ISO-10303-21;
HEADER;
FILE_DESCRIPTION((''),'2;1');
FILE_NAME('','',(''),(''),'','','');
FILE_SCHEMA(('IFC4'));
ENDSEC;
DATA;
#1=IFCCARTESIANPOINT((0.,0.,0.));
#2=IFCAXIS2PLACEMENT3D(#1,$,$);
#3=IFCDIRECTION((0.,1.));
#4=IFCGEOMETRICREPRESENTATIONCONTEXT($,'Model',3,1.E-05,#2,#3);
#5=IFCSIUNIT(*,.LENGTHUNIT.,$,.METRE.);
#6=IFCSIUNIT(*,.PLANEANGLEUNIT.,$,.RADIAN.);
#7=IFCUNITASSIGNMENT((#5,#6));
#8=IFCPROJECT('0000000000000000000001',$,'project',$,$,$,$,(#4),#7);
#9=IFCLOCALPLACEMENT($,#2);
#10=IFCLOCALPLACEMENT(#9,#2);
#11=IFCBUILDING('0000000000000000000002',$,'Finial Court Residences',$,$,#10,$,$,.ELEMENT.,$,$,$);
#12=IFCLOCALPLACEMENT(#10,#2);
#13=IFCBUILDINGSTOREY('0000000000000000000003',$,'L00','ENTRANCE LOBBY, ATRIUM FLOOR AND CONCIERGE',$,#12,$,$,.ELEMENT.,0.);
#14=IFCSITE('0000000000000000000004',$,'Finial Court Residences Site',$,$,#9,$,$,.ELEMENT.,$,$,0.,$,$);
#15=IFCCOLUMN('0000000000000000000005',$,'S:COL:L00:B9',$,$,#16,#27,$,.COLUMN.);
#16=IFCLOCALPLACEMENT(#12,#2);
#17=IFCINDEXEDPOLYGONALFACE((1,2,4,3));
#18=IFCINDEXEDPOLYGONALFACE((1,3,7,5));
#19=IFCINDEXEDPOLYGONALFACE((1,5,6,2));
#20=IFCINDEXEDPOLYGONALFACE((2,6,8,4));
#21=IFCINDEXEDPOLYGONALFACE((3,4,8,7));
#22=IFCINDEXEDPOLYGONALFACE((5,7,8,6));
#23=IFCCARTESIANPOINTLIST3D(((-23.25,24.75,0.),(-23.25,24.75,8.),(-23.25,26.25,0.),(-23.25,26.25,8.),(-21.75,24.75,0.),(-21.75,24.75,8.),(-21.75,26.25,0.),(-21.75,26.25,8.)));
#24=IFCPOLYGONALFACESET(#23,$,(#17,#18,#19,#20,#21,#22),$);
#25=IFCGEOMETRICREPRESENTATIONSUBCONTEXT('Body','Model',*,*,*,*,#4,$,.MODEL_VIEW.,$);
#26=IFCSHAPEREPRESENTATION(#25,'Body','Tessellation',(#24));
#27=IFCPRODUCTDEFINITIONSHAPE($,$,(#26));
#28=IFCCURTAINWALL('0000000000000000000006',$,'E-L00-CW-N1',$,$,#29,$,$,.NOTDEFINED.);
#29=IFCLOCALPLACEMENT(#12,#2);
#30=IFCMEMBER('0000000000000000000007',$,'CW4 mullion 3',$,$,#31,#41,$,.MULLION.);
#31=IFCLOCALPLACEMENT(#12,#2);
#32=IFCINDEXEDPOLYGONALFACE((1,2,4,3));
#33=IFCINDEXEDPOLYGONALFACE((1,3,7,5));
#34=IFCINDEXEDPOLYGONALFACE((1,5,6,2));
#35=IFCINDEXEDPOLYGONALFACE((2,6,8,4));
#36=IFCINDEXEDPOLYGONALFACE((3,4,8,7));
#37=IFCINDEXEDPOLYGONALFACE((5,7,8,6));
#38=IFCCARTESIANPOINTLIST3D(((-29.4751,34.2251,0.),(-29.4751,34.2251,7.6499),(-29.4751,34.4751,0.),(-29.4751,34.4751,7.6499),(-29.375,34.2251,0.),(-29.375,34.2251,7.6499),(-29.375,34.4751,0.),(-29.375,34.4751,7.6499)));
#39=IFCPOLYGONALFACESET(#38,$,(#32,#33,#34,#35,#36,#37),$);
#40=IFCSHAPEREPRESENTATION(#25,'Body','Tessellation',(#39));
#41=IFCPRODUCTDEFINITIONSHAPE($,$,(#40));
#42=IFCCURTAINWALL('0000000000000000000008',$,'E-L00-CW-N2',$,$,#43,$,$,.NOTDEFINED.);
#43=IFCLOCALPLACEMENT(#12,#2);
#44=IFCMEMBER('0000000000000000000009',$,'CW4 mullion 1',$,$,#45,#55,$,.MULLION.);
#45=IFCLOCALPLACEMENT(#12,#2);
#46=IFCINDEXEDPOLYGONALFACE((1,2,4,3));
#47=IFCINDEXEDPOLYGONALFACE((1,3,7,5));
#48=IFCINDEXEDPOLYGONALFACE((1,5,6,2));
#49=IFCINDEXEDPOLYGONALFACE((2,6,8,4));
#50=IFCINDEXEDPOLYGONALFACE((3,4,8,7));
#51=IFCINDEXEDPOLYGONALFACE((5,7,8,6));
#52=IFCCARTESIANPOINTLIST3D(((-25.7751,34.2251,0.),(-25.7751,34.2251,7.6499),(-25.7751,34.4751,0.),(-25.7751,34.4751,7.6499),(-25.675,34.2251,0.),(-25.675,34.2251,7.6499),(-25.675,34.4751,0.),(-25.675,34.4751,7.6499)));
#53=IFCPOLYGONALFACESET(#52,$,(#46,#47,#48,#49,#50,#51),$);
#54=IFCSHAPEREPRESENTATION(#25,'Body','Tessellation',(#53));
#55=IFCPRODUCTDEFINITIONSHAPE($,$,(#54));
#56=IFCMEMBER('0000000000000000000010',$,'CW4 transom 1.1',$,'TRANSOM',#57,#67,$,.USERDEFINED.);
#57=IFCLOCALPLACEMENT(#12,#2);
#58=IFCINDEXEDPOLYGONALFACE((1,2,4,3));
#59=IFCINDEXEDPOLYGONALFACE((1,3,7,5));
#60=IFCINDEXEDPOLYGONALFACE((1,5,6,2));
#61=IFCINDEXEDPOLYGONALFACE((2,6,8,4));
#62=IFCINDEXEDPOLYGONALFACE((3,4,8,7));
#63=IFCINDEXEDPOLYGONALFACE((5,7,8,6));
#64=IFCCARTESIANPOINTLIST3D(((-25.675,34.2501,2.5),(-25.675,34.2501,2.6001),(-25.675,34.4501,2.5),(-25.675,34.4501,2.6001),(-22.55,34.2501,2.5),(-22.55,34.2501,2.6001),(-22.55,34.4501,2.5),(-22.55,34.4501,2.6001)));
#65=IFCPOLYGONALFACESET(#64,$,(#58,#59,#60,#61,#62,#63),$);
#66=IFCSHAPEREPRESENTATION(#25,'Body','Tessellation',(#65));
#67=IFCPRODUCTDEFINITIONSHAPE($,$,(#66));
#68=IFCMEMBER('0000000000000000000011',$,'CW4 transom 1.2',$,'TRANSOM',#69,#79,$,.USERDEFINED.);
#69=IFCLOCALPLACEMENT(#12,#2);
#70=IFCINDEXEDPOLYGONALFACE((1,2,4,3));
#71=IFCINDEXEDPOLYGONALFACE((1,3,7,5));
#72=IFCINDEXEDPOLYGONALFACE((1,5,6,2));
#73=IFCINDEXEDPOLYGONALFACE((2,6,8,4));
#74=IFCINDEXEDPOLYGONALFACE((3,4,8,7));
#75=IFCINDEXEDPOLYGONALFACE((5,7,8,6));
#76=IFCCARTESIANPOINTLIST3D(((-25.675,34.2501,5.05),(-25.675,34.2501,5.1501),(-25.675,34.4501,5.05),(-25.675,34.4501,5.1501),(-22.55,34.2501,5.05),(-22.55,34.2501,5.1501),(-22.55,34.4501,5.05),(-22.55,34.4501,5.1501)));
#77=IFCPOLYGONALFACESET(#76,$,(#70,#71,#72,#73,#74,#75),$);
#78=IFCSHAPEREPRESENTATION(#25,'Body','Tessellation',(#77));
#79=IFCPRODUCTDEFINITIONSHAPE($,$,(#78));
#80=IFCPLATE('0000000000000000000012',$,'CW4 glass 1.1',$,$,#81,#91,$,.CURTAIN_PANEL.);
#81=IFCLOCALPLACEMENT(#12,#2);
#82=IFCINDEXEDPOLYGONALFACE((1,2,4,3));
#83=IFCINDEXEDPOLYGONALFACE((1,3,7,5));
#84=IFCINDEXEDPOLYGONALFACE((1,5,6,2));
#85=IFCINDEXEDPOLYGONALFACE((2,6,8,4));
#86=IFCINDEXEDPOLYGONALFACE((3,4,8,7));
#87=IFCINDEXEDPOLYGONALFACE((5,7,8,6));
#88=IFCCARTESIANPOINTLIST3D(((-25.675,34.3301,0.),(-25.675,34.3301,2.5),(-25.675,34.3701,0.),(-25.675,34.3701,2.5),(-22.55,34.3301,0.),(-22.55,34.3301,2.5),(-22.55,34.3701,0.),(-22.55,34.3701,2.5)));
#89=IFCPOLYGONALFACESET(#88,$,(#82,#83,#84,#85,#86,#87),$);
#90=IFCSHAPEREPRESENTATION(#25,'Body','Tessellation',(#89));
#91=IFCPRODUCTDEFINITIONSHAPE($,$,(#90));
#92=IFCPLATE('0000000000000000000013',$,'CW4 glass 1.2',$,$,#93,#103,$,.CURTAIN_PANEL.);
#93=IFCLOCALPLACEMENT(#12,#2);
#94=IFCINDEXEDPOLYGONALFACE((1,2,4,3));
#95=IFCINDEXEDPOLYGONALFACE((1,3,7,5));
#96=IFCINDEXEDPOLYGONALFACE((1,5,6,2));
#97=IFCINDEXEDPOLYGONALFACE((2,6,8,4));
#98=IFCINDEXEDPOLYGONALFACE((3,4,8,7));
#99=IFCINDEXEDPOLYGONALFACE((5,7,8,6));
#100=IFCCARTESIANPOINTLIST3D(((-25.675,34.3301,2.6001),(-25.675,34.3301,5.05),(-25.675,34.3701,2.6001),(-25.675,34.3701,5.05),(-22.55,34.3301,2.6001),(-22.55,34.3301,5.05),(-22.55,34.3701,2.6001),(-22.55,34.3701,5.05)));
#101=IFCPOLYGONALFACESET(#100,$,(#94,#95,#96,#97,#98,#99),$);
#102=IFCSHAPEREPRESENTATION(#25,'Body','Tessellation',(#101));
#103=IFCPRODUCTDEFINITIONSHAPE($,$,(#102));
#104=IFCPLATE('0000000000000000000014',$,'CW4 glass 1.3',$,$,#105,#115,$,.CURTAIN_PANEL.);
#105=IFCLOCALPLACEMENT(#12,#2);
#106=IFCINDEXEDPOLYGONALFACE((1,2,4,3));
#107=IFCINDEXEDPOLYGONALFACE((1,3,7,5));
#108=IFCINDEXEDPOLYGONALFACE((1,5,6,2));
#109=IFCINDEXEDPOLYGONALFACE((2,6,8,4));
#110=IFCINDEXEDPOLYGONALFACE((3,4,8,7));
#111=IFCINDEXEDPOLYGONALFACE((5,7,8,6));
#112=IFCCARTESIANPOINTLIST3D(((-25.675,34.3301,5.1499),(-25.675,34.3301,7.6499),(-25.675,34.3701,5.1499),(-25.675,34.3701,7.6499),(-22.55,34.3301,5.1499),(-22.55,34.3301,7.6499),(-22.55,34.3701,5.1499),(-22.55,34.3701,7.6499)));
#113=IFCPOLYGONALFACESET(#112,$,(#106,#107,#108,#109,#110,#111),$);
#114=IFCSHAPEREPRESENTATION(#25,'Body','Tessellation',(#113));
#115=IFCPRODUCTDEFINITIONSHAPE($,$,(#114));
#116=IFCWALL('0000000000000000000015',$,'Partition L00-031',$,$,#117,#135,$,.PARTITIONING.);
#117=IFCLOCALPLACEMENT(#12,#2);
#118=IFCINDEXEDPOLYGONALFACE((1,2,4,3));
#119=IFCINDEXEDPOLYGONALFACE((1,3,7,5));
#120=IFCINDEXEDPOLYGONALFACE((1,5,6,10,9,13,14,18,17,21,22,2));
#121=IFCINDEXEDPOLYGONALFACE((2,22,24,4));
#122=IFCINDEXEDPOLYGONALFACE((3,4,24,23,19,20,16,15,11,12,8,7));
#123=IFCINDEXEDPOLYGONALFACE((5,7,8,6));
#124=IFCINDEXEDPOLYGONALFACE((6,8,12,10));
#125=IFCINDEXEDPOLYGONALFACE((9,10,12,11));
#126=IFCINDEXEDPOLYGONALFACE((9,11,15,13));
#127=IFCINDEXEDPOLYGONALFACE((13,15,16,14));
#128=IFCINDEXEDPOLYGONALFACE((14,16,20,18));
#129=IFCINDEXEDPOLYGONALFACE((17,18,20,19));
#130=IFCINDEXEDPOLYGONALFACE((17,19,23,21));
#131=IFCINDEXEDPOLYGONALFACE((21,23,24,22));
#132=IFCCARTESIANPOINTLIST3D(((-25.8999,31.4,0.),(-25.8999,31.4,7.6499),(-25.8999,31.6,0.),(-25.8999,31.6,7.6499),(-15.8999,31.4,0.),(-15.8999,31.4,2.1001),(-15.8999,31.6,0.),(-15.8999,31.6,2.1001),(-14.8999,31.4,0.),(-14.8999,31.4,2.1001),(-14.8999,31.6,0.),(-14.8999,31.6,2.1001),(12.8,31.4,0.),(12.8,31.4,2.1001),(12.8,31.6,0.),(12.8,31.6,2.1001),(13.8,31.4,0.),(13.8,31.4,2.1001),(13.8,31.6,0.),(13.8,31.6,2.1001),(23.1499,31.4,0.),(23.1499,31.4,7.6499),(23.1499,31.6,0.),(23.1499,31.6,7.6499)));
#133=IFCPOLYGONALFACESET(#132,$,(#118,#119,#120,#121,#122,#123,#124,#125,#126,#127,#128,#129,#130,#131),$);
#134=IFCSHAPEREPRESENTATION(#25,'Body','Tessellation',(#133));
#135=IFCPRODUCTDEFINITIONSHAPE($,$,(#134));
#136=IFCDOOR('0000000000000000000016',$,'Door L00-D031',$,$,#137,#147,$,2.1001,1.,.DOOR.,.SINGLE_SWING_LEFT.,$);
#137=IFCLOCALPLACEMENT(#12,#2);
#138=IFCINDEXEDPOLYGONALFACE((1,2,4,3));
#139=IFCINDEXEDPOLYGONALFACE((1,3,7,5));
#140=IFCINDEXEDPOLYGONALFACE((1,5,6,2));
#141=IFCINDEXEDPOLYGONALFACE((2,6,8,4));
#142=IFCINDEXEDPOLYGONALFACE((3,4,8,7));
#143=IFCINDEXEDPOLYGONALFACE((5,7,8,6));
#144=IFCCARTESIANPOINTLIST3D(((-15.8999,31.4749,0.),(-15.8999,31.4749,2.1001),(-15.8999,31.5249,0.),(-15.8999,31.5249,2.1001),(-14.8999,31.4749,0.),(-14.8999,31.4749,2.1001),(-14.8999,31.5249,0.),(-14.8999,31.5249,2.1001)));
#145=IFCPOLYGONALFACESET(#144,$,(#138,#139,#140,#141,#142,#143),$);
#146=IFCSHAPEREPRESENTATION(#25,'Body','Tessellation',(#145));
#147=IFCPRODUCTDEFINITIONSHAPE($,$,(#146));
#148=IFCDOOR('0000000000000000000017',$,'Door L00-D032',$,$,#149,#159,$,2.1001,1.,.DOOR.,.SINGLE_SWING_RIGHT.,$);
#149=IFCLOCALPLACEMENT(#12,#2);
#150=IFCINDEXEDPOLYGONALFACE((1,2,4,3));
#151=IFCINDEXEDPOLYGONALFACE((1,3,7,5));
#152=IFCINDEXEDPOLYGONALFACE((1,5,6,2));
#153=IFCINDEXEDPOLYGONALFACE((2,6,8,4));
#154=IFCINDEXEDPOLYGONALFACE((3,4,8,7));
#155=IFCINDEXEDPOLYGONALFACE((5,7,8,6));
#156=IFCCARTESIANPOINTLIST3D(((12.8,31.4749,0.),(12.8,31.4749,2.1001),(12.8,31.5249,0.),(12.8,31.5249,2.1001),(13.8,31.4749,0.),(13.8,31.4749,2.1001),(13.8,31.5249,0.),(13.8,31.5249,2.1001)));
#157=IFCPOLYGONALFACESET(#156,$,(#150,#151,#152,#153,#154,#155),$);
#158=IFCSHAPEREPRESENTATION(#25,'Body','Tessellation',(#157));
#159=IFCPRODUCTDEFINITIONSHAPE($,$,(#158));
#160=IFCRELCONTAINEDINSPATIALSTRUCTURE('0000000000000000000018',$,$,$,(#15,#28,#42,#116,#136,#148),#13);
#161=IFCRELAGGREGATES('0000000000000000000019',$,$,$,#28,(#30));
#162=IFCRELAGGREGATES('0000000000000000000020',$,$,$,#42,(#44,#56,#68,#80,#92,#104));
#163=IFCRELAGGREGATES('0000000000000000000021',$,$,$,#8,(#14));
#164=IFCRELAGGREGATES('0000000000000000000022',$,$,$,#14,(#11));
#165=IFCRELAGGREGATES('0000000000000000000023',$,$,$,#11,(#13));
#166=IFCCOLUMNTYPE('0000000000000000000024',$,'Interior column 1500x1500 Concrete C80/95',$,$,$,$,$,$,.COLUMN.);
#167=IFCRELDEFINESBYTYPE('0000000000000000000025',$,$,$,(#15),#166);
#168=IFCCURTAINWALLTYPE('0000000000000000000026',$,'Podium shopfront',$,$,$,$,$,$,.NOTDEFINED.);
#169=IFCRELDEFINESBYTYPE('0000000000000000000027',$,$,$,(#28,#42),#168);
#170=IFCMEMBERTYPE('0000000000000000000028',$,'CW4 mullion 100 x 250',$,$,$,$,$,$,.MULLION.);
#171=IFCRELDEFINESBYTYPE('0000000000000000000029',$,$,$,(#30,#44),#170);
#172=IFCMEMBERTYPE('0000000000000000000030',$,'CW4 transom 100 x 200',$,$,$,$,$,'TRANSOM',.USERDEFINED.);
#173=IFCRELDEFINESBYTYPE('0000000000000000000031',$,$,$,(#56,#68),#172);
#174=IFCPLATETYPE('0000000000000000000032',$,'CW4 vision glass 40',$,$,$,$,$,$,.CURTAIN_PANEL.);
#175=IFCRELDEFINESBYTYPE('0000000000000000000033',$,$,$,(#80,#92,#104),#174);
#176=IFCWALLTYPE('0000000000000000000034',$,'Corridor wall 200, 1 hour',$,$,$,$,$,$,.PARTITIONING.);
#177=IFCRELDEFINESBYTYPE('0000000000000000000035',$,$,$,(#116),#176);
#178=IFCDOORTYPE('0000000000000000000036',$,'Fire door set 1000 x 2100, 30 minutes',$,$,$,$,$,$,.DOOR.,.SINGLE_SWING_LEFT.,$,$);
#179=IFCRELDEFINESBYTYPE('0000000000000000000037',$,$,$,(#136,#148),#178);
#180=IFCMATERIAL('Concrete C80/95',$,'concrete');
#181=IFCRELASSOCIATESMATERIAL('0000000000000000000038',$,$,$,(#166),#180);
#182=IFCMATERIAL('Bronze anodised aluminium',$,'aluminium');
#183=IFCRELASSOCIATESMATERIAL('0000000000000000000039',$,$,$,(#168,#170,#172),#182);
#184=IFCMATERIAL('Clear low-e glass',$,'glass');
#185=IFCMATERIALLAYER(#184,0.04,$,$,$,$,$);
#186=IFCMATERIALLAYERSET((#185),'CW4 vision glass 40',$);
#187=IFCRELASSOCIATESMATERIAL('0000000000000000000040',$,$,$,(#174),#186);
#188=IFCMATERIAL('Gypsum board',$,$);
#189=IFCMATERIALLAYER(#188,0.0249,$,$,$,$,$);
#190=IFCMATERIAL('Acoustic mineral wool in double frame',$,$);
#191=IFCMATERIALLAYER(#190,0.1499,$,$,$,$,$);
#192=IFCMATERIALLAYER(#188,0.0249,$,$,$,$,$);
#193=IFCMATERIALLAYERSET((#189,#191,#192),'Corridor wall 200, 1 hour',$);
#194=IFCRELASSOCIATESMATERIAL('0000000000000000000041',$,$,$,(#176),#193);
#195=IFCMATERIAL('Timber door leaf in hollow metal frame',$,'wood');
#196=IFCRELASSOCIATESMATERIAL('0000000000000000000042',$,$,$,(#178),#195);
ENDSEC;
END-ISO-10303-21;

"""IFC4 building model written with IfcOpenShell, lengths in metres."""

from ifc_helpers import new_model, si_unit, direction, frame, frame_2d, origin, origin_2d, place, context, subcontext, project, spatial, rectangle, extrude, material, layer, layer_set, material_profile, profile_set, type_object, element, fill, aggregate, save


model = new_model("IFC4")

# Units and contexts
model_context = context("Model", 3, precision=1e-05, world=origin(), true_north=direction((0.0, 1.0)))
body_context = subcontext(model_context, "Body", "Model", "MODEL_VIEW")
ifc_project = project(units=[si_unit("LENGTHUNIT", "METRE"), si_unit("PLANEANGLEUNIT", "RADIAN")], contexts=[model_context])

# Site, building, storey
site_placement = place(None, origin())
site = spatial("IfcSite", under=ifc_project, at=site_placement, Name="Finial Court Residences Site", CompositionType="ELEMENT", RefElevation=0.0)
building_placement = place(site_placement, origin())
building = spatial("IfcBuilding", under=site, at=building_placement, Name="Finial Court Residences", CompositionType="ELEMENT")
storey_placement = place(building_placement, origin())
storey = spatial("IfcBuildingStorey", under=building, at=storey_placement, Name="L00", Description="ENTRANCE LOBBY, ATRIUM FLOOR AND CONCIERGE", CompositionType="ELEMENT", Elevation=0.0)

# Column
ifc_material_1 = material(Name="Concrete C80/95", Category="concrete")
ifc_material_profile_1 = material_profile(ifc_material_1, rectangle(XDim=1.5, YDim=1.5, at=origin_2d()), Name="1500x1500")
ifc_profile_set_1 = profile_set([ifc_material_profile_1], Name="Concrete C80/95")
column_type = type_object("IfcColumnType", Name="Interior column 1500x1500 Concrete C80/95", PredefinedType="COLUMN", material=ifc_profile_set_1)
column_placement = place(storey_placement, frame((-22.5, 25.5, 0.0), z_axis=(0.0, 0.0, 1.0), x_axis=(1.0, 0.0, 0.0)))
element("IfcColumn", 1, at=column_placement, inside=storey, type_object=column_type, Name="S:COL:L00:B9", PredefinedType="COLUMN", context=body_context, shape_type="SweptSolid", body=[
    extrude(rectangle(XDim=1.5, YDim=1.5, at=origin_2d()), origin(), (0.0, 0.0, 1.0), 8.0),
])

# Curtain wall, member
ifc_material_2 = material(Name="Bronze anodised aluminium", Category="aluminium")
curtain_wall_type = type_object("IfcCurtainWallType", Name="Podium shopfront", PredefinedType="NOTDEFINED", material=ifc_material_2)
curtain_wall_1_placement = place(storey_placement, origin())
curtain_wall_1 = element("IfcCurtainWall", 2, at=curtain_wall_1_placement, inside=storey, type_object=curtain_wall_type, Name="E-L00-CW-N1", PredefinedType="NOTDEFINED")
ifc_material_profile_2 = material_profile(ifc_material_2, rectangle(XDim=0.25, YDim=0.1001, at=origin_2d()), Name="CW4 mullion 100 x 250")
ifc_profile_set_2 = profile_set([ifc_material_profile_2], Name="Bronze anodised aluminium")
member_type_1 = type_object("IfcMemberType", Name="CW4 mullion 100 x 250", PredefinedType="MULLION", material=ifc_profile_set_2)
member_1_placement = place(storey_placement, frame((-29.425, 34.3501, 0.0), z_axis=(0.0, 0.0, 1.0), x_axis=(0.0, 1.0, 0.0)))
member_1 = element("IfcMember", 3, at=member_1_placement, type_object=member_type_1, Name="CW4 mullion 3", PredefinedType="MULLION", context=body_context, shape_type="SweptSolid", body=[
    extrude(rectangle(XDim=0.25, YDim=0.1001, at=origin_2d()), origin(), (0.0, 0.0, 1.0), 7.6499),
])
aggregate(curtain_wall_1, [member_1])

# Curtain wall, members, plates
curtain_wall_2_placement = place(storey_placement, origin())
curtain_wall_2 = element("IfcCurtainWall", 4, at=curtain_wall_2_placement, inside=storey, type_object=curtain_wall_type, Name="E-L00-CW-N2", PredefinedType="NOTDEFINED")
member_2_placement = place(storey_placement, frame((-25.7251, 34.3501, 0.0), z_axis=(0.0, 0.0, 1.0), x_axis=(0.0, 1.0, 0.0)))
member_2 = element("IfcMember", 5, at=member_2_placement, type_object=member_type_1, Name="CW4 mullion 1", PredefinedType="MULLION", context=body_context, shape_type="SweptSolid", body=[
    extrude(rectangle(XDim=0.25, YDim=0.1001, at=origin_2d()), origin(), (0.0, 0.0, 1.0), 7.6499),
])
ifc_material_profile_3 = material_profile(ifc_material_2, rectangle(XDim=0.2, YDim=0.1001, at=origin_2d()), Name="CW4 transom 100 x 200")
ifc_profile_set_3 = profile_set([ifc_material_profile_3], Name="Bronze anodised aluminium")
member_type_2 = type_object("IfcMemberType", Name="CW4 transom 100 x 200", ElementType="TRANSOM", PredefinedType="USERDEFINED", material=ifc_profile_set_3)
member_3_placement = place(storey_placement, frame((-25.675, 34.3501, 2.55), z_axis=(1.0, 0.0, 0.0), x_axis=(0.0, 1.0, 0.0)))
member_3 = element("IfcMember", 6, at=member_3_placement, type_object=member_type_2, Name="CW4 transom 1.1", ObjectType="TRANSOM", PredefinedType="USERDEFINED", context=body_context, shape_type="SweptSolid", body=[
    extrude(rectangle(XDim=0.2, YDim=0.1001, at=origin_2d()), origin(), (0.0, 0.0, 1.0), 3.125),
])
member_4_placement = place(storey_placement, frame((-25.675, 34.3501, 5.1001), z_axis=(1.0, 0.0, 0.0), x_axis=(0.0, 1.0, 0.0)))
member_4 = element("IfcMember", 7, at=member_4_placement, type_object=member_type_2, Name="CW4 transom 1.2", ObjectType="TRANSOM", PredefinedType="USERDEFINED", context=body_context, shape_type="SweptSolid", body=[
    extrude(rectangle(XDim=0.2, YDim=0.1001, at=origin_2d()), origin(), (0.0, 0.0, 1.0), 3.125),
])
ifc_material_3 = material(Name="Clear low-e glass", Category="glass")
ifc_layer_1 = layer(ifc_material_3, 0.04)
ifc_layer_set_1 = layer_set([ifc_layer_1], Name="CW4 vision glass 40")
plate_type = type_object("IfcPlateType", Name="CW4 vision glass 40", PredefinedType="CURTAIN_PANEL", material=ifc_layer_set_1)
plate_1_placement = place(storey_placement, frame((-24.1125, 34.3501, 0.0), z_axis=(0.0, 0.0, 1.0), x_axis=(1.0, 0.0, 0.0)))
plate_1 = element("IfcPlate", 8, at=plate_1_placement, type_object=plate_type, Name="CW4 glass 1.1", PredefinedType="CURTAIN_PANEL", context=body_context, shape_type="SweptSolid", body=[
    extrude(rectangle(XDim=3.125, YDim=0.04, at=origin_2d()), origin(), (0.0, 0.0, 1.0), 2.5),
])
plate_2_placement = place(storey_placement, frame((-24.1125, 34.3501, 2.6001), z_axis=(0.0, 0.0, 1.0), x_axis=(1.0, 0.0, 0.0)))
plate_2 = element("IfcPlate", 9, at=plate_2_placement, type_object=plate_type, Name="CW4 glass 1.2", PredefinedType="CURTAIN_PANEL", context=body_context, shape_type="SweptSolid", body=[
    extrude(rectangle(XDim=3.125, YDim=0.04, at=origin_2d()), origin(), (0.0, 0.0, 1.0), 2.45),
])
plate_3_placement = place(storey_placement, frame((-24.1125, 34.3501, 5.1499), z_axis=(0.0, 0.0, 1.0), x_axis=(1.0, 0.0, 0.0)))
plate_3 = element("IfcPlate", 10, at=plate_3_placement, type_object=plate_type, Name="CW4 glass 1.3", PredefinedType="CURTAIN_PANEL", context=body_context, shape_type="SweptSolid", body=[
    extrude(rectangle(XDim=3.125, YDim=0.04, at=origin_2d()), origin(), (0.0, 0.0, 1.0), 2.5),
])
aggregate(curtain_wall_2, [member_2, member_3, member_4, plate_1, plate_2, plate_3])

# Wall, openings, doors
ifc_material_4 = material(Name="Gypsum board")
ifc_layer_2 = layer(ifc_material_4, 0.0249)
ifc_material_5 = material(Name="Acoustic mineral wool in double frame")
ifc_layer_3 = layer(ifc_material_5, 0.1499)
ifc_layer_4 = layer(ifc_material_4, 0.0249)
ifc_layer_set_2 = layer_set([ifc_layer_2, ifc_layer_3, ifc_layer_4], Name="Corridor wall 200, 1 hour")
wall_type_1 = type_object("IfcWallType", Name="Corridor wall 200, 1 hour", PredefinedType="PARTITIONING", material=ifc_layer_set_2)
wall_1_placement = place(storey_placement, frame((-25.8999, 31.5, 0.0), z_axis=(0.0, 0.0, 1.0), x_axis=(1.0, 0.0, 0.0)))
wall_1 = element("IfcWall", 11, at=wall_1_placement, inside=storey, type_object=wall_type_1, Name="Partition L00-031", PredefinedType="PARTITIONING", context=body_context, shape_type="SweptSolid", body=[
    extrude(rectangle(XDim=49.0498, YDim=0.2, at=frame_2d((24.5249, 0.0))), origin(), (0.0, 0.0, 1.0), 7.6499),
])
opening_1_placement = place(wall_1_placement, frame((10.0, 0.0, 0.0)))
opening_1 = element("IfcOpeningElement", 12, at=opening_1_placement, cuts=wall_1, PredefinedType="OPENING", context=body_context, shape_type="SweptSolid", body=[
    extrude(rectangle(XDim=1.0, YDim=2.1001, at=frame_2d((0.5, 1.05))), frame((0.0, 0.1099, 0.0), z_axis=(0.0, -1.0, 0.0), x_axis=(1.0, 0.0, 0.0)), (0.0, 0.0, 1.0), 0.22),
])
opening_2_placement = place(wall_1_placement, frame((38.7, 0.0, 0.0)))
opening_2 = element("IfcOpeningElement", 13, at=opening_2_placement, cuts=wall_1, PredefinedType="OPENING", context=body_context, shape_type="SweptSolid", body=[
    extrude(rectangle(XDim=1.0, YDim=2.1001, at=frame_2d((0.5, 1.05))), frame((0.0, 0.1099, 0.0), z_axis=(0.0, -1.0, 0.0), x_axis=(1.0, 0.0, 0.0)), (0.0, 0.0, 1.0), 0.22),
])
ifc_material_6 = material(Name="Timber door leaf in hollow metal frame", Category="wood")
door_type_1 = type_object("IfcDoorType", Name="Fire door set 1000 x 2100, 30 minutes", OperationType="SINGLE_SWING_LEFT", PredefinedType="DOOR", material=ifc_material_6)
door_1_placement = place(opening_1_placement, origin())
door_1 = element("IfcDoor", 14, at=door_1_placement, inside=storey, type_object=door_type_1, Name="Door L00-D031", OperationType="SINGLE_SWING_LEFT", OverallHeight=2.1001, OverallWidth=1.0, PredefinedType="DOOR", context=body_context, shape_type="SweptSolid", body=[
    extrude(rectangle(XDim=1.0, YDim=2.1001, at=frame_2d((0.5, 1.05))), frame((0.0, 0.0249, 0.0), z_axis=(0.0, -1.0, 0.0), x_axis=(1.0, 0.0, 0.0)), (0.0, 0.0, 1.0), 0.05),
])
fill(opening_1, door_1)
door_2_placement = place(opening_2_placement, origin())
door_2 = element("IfcDoor", 15, at=door_2_placement, inside=storey, type_object=door_type_1, Name="Door L00-D032", OperationType="SINGLE_SWING_RIGHT", OverallHeight=2.1001, OverallWidth=1.0, PredefinedType="DOOR", context=body_context, shape_type="SweptSolid", body=[
    extrude(rectangle(XDim=1.0, YDim=2.1001, at=frame_2d((0.5, 1.05))), frame((0.0, 0.0249, 0.0), z_axis=(0.0, -1.0, 0.0), x_axis=(1.0, 0.0, 0.0)), (0.0, 0.0, 1.0), 0.05),
])
fill(opening_2, door_2)

save(model, "model.ifc")
